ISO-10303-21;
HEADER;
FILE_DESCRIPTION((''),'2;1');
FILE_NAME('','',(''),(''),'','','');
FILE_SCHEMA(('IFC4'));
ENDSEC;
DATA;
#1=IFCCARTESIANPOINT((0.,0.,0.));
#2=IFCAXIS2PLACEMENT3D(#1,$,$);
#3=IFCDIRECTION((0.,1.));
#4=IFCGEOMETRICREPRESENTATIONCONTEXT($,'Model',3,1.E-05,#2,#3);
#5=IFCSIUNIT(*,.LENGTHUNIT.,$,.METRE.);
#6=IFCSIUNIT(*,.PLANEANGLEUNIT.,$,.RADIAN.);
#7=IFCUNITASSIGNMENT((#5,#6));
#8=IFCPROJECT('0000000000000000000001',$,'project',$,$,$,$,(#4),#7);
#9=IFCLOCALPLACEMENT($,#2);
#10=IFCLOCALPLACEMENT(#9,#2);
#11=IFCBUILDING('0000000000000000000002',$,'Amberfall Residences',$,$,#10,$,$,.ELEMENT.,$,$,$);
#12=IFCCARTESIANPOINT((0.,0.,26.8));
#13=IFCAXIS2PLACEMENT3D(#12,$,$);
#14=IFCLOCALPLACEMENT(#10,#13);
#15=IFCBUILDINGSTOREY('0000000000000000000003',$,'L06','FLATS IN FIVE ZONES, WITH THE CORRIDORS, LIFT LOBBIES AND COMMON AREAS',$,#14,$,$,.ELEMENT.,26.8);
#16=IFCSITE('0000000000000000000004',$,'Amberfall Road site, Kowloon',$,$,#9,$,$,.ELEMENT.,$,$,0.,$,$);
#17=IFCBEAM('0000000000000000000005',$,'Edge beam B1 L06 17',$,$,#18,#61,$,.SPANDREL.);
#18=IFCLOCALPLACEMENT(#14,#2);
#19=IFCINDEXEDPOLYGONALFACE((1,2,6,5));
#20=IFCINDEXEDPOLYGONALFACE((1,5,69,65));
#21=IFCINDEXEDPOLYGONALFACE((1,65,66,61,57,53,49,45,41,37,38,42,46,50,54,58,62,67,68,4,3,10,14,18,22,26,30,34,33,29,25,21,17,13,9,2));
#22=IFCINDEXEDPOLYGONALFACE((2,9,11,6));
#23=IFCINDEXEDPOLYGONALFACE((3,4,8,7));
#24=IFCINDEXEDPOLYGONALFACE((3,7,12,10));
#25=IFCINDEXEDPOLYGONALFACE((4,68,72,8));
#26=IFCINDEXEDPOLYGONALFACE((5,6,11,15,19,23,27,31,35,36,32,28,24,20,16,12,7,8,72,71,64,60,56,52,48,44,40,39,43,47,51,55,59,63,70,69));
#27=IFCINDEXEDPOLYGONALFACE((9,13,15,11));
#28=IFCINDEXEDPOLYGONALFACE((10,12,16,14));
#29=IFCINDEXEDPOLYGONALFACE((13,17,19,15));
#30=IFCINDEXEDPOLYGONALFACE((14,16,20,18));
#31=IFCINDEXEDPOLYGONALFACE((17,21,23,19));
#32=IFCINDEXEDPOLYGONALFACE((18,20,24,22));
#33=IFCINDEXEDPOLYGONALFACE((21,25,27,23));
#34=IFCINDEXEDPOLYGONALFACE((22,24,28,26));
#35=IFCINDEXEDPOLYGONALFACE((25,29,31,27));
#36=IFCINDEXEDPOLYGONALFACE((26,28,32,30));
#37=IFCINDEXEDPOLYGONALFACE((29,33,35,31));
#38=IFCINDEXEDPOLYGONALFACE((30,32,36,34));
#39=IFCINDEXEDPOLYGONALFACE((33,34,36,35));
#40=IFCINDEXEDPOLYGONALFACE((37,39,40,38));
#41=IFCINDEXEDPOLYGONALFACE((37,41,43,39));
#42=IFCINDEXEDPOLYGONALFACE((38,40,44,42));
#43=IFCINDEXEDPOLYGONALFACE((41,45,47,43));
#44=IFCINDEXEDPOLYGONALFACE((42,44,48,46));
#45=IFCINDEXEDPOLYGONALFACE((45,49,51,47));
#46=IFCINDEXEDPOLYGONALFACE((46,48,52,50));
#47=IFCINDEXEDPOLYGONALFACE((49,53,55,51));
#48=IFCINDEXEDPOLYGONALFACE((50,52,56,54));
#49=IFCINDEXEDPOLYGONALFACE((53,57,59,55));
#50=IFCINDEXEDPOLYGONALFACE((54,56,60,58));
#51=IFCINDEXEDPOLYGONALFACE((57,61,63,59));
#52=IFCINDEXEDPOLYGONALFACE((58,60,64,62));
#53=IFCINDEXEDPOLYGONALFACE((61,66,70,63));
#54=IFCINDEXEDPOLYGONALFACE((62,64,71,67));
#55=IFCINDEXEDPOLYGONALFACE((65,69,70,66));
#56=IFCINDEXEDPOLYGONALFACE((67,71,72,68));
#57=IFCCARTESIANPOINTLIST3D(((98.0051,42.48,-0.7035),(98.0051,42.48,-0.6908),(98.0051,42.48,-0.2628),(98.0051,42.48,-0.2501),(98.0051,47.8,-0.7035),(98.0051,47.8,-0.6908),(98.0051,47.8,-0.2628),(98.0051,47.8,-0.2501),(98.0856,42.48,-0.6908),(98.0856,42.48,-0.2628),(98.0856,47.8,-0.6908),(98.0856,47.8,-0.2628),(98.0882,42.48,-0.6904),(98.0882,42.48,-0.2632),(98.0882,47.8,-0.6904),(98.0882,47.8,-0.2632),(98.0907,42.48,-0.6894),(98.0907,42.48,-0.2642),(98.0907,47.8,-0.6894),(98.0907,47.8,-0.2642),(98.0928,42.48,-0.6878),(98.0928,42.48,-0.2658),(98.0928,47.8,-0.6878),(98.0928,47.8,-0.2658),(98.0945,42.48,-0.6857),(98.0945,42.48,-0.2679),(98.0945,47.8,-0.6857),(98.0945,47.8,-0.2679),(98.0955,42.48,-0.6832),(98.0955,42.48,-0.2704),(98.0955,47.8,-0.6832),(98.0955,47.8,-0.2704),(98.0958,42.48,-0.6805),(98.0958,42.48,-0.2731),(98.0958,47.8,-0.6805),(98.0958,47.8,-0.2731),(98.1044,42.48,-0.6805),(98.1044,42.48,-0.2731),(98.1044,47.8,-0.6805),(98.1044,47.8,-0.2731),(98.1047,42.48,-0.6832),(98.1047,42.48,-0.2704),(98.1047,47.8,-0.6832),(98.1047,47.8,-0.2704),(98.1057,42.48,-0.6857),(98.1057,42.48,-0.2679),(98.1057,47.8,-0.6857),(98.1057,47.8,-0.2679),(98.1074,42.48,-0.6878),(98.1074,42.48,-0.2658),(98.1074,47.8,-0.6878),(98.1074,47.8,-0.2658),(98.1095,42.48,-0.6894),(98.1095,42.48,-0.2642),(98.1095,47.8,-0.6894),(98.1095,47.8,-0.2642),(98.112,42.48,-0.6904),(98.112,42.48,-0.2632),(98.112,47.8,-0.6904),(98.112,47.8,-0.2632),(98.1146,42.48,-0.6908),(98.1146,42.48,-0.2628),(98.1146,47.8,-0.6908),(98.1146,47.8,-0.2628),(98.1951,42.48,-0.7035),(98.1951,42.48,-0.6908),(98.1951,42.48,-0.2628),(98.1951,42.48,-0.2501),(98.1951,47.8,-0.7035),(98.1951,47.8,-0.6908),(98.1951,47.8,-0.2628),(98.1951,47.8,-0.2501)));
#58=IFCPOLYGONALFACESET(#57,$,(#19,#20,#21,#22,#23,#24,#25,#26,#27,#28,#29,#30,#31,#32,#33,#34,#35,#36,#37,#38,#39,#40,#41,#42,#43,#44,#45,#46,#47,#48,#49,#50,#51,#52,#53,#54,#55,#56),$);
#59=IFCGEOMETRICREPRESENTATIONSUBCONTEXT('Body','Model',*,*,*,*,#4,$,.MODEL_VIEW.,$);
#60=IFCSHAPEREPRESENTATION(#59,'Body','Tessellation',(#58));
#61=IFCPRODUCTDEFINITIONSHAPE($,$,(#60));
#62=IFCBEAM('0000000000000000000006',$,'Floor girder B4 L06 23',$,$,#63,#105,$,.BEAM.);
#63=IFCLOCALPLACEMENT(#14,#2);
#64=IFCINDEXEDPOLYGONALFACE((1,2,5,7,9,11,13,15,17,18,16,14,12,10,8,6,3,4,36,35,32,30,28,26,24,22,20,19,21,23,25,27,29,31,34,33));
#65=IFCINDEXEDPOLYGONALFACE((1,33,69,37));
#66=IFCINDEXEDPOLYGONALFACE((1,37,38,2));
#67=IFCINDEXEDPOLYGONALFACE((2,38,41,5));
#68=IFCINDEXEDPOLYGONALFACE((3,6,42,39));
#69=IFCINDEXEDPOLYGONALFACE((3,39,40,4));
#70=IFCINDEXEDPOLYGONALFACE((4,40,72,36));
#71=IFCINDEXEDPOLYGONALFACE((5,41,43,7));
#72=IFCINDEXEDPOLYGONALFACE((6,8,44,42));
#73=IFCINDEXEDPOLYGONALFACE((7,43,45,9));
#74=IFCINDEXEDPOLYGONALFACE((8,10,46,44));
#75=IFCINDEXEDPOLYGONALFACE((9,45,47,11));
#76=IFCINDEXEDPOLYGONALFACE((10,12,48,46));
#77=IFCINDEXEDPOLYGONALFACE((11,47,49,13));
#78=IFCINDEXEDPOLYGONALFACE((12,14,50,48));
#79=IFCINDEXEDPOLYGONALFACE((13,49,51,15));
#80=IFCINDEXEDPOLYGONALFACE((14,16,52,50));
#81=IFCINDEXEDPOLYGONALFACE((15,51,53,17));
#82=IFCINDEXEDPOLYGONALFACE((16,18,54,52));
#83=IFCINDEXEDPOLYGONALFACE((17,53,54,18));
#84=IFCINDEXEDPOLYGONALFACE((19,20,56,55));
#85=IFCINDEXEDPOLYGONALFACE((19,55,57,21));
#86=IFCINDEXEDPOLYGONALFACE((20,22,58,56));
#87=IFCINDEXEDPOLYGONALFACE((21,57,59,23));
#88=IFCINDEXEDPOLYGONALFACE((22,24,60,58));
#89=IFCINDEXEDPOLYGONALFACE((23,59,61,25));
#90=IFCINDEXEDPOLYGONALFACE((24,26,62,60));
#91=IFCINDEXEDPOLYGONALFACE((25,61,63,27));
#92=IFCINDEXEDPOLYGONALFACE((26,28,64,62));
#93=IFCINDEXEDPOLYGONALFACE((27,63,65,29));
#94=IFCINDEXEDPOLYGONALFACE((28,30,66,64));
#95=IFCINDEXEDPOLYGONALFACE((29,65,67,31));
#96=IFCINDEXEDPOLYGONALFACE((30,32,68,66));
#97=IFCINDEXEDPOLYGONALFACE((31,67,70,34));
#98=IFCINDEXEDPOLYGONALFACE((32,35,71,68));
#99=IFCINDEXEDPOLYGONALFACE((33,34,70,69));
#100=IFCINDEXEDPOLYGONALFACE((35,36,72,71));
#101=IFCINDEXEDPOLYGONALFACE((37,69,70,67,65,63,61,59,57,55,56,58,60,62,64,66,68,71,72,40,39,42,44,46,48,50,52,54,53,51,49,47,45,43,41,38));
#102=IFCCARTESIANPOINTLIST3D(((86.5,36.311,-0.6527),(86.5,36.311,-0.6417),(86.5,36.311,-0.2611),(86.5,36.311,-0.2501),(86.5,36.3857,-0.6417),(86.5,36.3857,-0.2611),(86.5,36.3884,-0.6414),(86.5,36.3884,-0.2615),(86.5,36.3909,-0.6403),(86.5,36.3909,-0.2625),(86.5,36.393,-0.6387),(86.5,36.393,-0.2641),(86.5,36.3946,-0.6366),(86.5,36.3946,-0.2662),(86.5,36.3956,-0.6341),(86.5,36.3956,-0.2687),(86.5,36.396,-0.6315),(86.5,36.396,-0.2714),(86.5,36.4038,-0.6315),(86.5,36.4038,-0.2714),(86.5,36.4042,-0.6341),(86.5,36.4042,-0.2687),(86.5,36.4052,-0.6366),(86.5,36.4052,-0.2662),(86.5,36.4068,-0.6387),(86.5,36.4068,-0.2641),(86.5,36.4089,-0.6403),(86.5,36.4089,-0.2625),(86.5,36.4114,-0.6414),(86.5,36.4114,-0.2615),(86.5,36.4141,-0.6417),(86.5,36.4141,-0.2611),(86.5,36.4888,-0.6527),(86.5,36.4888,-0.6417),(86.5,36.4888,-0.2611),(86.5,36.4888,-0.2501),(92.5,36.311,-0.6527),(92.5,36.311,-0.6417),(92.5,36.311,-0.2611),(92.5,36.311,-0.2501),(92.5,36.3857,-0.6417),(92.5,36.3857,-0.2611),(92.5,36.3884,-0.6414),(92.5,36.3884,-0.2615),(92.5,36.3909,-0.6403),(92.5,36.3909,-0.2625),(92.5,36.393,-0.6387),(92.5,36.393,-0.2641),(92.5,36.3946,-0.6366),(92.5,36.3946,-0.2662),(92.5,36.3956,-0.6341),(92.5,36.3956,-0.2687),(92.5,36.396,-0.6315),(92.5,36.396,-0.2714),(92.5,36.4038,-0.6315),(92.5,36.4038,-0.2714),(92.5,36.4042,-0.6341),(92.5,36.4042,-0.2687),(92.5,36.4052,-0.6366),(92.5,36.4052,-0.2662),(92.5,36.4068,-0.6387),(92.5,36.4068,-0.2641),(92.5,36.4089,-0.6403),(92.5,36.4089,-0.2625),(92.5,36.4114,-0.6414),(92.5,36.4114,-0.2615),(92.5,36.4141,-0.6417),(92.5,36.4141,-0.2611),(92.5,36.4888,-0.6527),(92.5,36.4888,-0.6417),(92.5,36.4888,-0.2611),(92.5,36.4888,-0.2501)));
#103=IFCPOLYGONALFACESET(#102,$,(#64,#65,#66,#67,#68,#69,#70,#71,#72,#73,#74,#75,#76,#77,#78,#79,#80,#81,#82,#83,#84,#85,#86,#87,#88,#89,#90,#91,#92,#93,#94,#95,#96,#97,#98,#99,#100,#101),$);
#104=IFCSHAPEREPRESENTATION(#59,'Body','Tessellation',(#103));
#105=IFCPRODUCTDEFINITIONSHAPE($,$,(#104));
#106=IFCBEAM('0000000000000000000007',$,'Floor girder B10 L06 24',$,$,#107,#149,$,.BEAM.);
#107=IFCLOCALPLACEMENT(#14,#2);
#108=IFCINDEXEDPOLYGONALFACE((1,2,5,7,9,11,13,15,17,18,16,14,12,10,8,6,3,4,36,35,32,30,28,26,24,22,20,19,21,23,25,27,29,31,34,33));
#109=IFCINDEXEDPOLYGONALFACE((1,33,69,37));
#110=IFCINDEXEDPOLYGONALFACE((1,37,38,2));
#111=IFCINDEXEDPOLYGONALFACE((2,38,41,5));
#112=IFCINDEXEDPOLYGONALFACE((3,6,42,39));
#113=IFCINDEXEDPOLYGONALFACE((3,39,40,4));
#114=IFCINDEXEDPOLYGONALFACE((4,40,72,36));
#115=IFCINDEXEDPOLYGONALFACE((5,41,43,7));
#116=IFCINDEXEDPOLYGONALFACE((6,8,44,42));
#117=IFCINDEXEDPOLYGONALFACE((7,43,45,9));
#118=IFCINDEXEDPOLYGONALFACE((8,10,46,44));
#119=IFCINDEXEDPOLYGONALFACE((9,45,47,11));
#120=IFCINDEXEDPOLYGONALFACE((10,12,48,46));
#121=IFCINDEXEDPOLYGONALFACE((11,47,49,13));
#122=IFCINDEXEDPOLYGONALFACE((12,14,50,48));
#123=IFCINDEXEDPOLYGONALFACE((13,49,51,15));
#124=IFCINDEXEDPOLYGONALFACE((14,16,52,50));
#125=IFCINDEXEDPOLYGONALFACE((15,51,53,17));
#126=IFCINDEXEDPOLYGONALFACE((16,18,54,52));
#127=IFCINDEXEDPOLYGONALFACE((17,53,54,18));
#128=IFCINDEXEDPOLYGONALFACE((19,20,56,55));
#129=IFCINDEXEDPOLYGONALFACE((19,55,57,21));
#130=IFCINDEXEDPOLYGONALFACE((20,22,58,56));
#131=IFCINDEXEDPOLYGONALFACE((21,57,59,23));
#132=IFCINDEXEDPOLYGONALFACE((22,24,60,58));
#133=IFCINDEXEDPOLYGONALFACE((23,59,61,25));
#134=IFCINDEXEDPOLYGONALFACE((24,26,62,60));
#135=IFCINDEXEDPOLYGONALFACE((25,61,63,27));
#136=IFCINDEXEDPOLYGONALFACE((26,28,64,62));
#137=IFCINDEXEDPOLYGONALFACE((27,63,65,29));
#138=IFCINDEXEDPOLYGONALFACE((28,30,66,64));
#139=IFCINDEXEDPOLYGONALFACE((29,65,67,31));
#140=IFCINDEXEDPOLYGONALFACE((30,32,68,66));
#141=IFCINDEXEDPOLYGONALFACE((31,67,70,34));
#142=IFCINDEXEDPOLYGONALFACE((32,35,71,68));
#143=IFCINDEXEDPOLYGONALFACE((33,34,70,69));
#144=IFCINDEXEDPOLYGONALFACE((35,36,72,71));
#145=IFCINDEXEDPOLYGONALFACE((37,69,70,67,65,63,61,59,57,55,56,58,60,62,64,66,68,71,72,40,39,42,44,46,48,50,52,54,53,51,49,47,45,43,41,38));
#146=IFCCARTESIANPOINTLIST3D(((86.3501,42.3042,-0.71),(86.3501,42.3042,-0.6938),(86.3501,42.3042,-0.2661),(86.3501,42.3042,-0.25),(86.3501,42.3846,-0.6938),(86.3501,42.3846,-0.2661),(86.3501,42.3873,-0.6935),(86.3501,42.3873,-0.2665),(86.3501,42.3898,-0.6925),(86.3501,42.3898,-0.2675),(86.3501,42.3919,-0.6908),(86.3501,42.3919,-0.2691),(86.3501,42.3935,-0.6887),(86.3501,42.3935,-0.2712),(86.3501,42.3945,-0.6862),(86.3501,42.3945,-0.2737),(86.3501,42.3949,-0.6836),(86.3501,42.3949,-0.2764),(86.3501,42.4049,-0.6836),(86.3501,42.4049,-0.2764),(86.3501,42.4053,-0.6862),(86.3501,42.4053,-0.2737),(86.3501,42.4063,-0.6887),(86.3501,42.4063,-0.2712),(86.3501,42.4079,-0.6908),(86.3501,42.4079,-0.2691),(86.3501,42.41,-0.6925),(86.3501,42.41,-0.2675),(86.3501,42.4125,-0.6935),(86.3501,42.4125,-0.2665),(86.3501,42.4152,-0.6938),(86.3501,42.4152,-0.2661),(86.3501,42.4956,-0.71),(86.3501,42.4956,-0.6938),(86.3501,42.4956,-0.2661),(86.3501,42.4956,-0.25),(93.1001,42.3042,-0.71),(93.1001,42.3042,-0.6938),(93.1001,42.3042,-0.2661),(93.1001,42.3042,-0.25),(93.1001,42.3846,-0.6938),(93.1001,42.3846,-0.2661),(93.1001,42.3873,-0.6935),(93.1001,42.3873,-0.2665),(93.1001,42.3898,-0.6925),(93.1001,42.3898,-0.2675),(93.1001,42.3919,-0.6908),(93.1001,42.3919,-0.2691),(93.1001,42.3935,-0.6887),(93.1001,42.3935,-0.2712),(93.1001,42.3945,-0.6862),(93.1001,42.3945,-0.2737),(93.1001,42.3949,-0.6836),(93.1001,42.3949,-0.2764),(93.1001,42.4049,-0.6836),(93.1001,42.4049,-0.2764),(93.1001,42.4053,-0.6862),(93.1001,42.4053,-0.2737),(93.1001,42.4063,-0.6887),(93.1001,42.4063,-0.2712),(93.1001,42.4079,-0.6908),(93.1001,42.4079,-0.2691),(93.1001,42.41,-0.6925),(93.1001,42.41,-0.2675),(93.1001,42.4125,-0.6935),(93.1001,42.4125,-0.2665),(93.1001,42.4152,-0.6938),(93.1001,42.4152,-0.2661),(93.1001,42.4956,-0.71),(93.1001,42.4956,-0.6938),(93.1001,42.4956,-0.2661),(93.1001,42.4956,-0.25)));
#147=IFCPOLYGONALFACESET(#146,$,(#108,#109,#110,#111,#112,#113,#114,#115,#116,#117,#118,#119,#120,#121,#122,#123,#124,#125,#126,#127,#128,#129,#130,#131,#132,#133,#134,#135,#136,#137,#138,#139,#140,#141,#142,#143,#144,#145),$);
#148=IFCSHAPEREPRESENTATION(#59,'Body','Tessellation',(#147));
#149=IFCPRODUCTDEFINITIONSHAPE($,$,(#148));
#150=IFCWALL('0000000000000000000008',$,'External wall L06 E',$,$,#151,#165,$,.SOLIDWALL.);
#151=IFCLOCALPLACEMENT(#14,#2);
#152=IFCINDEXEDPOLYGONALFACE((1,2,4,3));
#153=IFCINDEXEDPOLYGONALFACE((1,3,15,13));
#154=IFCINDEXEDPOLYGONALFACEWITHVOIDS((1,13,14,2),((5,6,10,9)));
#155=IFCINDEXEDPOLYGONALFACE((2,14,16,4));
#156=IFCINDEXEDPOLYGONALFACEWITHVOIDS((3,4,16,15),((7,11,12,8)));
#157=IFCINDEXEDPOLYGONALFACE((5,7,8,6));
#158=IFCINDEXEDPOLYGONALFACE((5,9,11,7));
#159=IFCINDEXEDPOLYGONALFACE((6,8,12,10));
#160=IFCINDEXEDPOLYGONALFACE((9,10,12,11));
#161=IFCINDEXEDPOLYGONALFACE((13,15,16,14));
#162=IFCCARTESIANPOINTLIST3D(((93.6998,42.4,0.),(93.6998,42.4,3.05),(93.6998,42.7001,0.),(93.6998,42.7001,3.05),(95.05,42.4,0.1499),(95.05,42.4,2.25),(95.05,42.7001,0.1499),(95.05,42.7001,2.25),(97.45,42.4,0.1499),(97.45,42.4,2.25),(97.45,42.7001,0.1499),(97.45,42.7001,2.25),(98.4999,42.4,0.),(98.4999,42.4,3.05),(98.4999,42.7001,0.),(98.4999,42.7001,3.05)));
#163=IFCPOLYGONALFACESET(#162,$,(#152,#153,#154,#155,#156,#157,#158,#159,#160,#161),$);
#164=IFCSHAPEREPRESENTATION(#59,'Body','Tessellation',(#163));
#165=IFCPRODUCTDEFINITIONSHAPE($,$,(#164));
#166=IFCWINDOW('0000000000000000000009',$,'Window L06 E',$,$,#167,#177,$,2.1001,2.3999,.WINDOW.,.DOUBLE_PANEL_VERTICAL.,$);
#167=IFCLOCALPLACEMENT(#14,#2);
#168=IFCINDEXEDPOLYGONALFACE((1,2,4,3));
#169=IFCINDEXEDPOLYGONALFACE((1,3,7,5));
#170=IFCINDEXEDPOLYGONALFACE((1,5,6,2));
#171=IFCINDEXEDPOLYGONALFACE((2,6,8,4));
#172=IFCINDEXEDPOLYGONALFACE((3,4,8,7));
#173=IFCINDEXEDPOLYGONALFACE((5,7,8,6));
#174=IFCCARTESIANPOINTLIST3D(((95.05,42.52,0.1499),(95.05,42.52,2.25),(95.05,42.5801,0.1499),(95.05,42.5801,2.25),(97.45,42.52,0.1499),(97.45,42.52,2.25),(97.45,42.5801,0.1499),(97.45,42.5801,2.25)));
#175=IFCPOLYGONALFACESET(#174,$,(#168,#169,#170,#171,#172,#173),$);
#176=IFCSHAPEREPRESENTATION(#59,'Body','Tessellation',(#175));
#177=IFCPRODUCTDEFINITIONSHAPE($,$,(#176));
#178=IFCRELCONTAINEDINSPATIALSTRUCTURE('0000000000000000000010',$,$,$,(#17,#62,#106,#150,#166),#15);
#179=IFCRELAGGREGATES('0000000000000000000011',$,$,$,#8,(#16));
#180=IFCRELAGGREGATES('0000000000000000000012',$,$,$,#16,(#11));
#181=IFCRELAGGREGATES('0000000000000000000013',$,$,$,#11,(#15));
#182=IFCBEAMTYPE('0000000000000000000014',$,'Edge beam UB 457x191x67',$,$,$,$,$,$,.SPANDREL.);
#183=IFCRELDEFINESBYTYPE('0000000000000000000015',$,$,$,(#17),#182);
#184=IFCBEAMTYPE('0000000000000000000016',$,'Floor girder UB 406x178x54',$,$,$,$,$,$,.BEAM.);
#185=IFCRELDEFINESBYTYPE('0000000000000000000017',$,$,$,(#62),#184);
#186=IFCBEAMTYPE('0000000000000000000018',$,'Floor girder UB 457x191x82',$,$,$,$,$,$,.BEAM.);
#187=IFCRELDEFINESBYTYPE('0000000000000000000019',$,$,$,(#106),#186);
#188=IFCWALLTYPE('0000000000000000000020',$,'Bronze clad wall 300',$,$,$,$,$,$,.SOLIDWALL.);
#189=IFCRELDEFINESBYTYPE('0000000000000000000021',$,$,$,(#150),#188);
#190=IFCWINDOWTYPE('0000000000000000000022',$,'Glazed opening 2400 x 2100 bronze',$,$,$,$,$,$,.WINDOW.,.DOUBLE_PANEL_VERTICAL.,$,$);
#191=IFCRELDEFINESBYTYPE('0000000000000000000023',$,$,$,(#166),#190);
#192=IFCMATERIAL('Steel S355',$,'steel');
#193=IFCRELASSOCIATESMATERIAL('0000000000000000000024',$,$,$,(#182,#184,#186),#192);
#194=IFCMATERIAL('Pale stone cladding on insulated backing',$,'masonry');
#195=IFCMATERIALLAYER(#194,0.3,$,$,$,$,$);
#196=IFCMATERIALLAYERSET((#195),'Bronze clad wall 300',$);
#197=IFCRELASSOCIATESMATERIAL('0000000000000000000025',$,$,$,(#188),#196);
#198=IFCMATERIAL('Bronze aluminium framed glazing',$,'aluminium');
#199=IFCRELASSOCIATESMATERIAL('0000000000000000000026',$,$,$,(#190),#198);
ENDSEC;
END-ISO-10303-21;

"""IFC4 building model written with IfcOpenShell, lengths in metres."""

from ifc_helpers import new_model, si_unit, direction, frame, frame_2d, origin, origin_2d, place, context, subcontext, project, spatial, rectangle, i_section, extrude, material, layer, layer_set, material_profile, profile_set, type_object, element, fill, save


model = new_model("IFC4")

# Units and contexts
model_context = context("Model", 3, precision=1e-05, world=origin(), true_north=direction((0.0, 1.0)))
body_context = subcontext(model_context, "Body", "Model", "MODEL_VIEW")
ifc_project = project(units=[si_unit("LENGTHUNIT", "METRE"), si_unit("PLANEANGLEUNIT", "RADIAN")], contexts=[model_context])

# Site, building, storey
site_placement = place(None, origin())
site = spatial("IfcSite", under=ifc_project, at=site_placement, Name="Amberfall Road site, Kowloon", CompositionType="ELEMENT", RefElevation=0.0)
building_placement = place(site_placement, origin())
building = spatial("IfcBuilding", under=site, at=building_placement, Name="Amberfall Residences", CompositionType="ELEMENT")
storey_placement = place(building_placement, frame((0.0, 0.0, 26.8)))
storey = spatial("IfcBuildingStorey", under=building, at=storey_placement, Name="L06", Description="FLATS IN FIVE ZONES, WITH THE CORRIDORS, LIFT LOBBIES AND COMMON AREAS", CompositionType="ELEMENT", Elevation=26.8)

# Beams
ifc_material_1 = material(Name="Steel S355", Category="steel")
ifc_material_profile_1 = material_profile(ifc_material_1, i_section(OverallWidth=0.1899, OverallDepth=0.4534, WebThickness=0.0085, FlangeThickness=0.0127, FilletRadius=0.0103, at=origin_2d()), Name="UB 457x191x67")
ifc_profile_set_1 = profile_set([ifc_material_profile_1], Name="Steel S355")
beam_type_1 = type_object("IfcBeamType", Name="Edge beam UB 457x191x67", PredefinedType="SPANDREL", material=ifc_profile_set_1)
beam_1_placement = place(storey_placement, frame((98.1001, 42.48, -0.4768), z_axis=(0.0, 1.0, 0.0), x_axis=(-1.0, 0.0, 0.0)))
element("IfcBeam", 1, at=beam_1_placement, inside=storey, type_object=beam_type_1, Name="Edge beam B1 L06 17", PredefinedType="SPANDREL", context=body_context, shape_type="SweptSolid", body=[
    extrude(i_section(OverallWidth=0.1899, OverallDepth=0.4534, WebThickness=0.0085, FlangeThickness=0.0127, FilletRadius=0.0103, at=origin_2d()), origin(), (0.0, 0.0, 1.0), 5.3201),
])
ifc_material_profile_2 = material_profile(ifc_material_1, i_section(OverallWidth=0.1777, OverallDepth=0.4026, WebThickness=0.0078, FlangeThickness=0.011, FilletRadius=0.0103, at=origin_2d()), Name="UB 406x178x54")
ifc_profile_set_2 = profile_set([ifc_material_profile_2], Name="Steel S355")
beam_type_2 = type_object("IfcBeamType", Name="Floor girder UB 406x178x54", PredefinedType="BEAM", material=ifc_profile_set_2)
beam_2_placement = place(storey_placement, frame((92.5, 36.3999, -0.4514), z_axis=(-1.0, 0.0, 0.0), x_axis=(0.0, -1.0, 0.0)))
element("IfcBeam", 2, at=beam_2_placement, inside=storey, type_object=beam_type_2, Name="Floor girder B4 L06 23", PredefinedType="BEAM", context=body_context, shape_type="SweptSolid", body=[
    extrude(i_section(OverallWidth=0.1777, OverallDepth=0.4026, WebThickness=0.0078, FlangeThickness=0.011, FilletRadius=0.0103, at=origin_2d()), origin(), (0.0, 0.0, 1.0), 6.0),
])
ifc_material_profile_3 = material_profile(ifc_material_1, i_section(OverallWidth=0.1914, OverallDepth=0.46, WebThickness=0.01, FlangeThickness=0.0161, FilletRadius=0.0103, at=origin_2d()), Name="UB 457x191x82")
ifc_profile_set_3 = profile_set([ifc_material_profile_3], Name="Steel S355")
beam_type_3 = type_object("IfcBeamType", Name="Floor girder UB 457x191x82", PredefinedType="BEAM", material=ifc_profile_set_3)
beam_3_placement = place(storey_placement, frame((93.1001, 42.3999, -0.48), z_axis=(-1.0, 0.0, 0.0), x_axis=(0.0, -1.0, 0.0)))
element("IfcBeam", 3, at=beam_3_placement, inside=storey, type_object=beam_type_3, Name="Floor girder B10 L06 24", PredefinedType="BEAM", context=body_context, shape_type="SweptSolid", body=[
    extrude(i_section(OverallWidth=0.1914, OverallDepth=0.46, WebThickness=0.01, FlangeThickness=0.0161, FilletRadius=0.0103, at=origin_2d()), origin(), (0.0, 0.0, 1.0), 6.75),
])

# Wall, opening, window
ifc_material_2 = material(Name="Pale stone cladding on insulated backing", Category="masonry")
ifc_layer_1 = layer(ifc_material_2, 0.3)
ifc_layer_set_1 = layer_set([ifc_layer_1], Name="Bronze clad wall 300")
wall_type_1 = type_object("IfcWallType", Name="Bronze clad wall 300", PredefinedType="SOLIDWALL", material=ifc_layer_set_1)
wall_1_placement = place(storey_placement, frame((93.7, 42.55, 0.0), z_axis=(0.0, 0.0, 1.0), x_axis=(1.0, 0.0, 0.0)))
wall_1 = element("IfcWall", 4, at=wall_1_placement, inside=storey, type_object=wall_type_1, Name="External wall L06 E", PredefinedType="SOLIDWALL", context=body_context, shape_type="SweptSolid", body=[
    extrude(rectangle(XDim=4.8, YDim=0.3, at=frame_2d((2.3999, 0.0))), origin(), (0.0, 0.0, 1.0), 3.05),
])
opening_1_placement = place(wall_1_placement, frame((1.3501, 0.0, 0.1499)))
opening_1 = element("IfcOpeningElement", 5, at=opening_1_placement, cuts=wall_1, PredefinedType="OPENING", context=body_context, shape_type="SweptSolid", body=[
    extrude(rectangle(XDim=2.3999, YDim=2.1001, at=frame_2d((1.2, 1.05))), frame((0.0, 0.1599, 0.0), z_axis=(0.0, -1.0, 0.0), x_axis=(1.0, 0.0, 0.0)), (0.0, 0.0, 1.0), 0.3201),
])
ifc_material_3 = material(Name="Bronze aluminium framed glazing", Category="aluminium")
window_type_1 = type_object("IfcWindowType", Name="Glazed opening 2400 x 2100 bronze", PartitioningType="DOUBLE_PANEL_VERTICAL", PredefinedType="WINDOW", material=ifc_material_3)
window_1_placement = place(opening_1_placement, origin())
window_1 = element("IfcWindow", 6, at=window_1_placement, inside=storey, type_object=window_type_1, Name="Window L06 E", OverallHeight=2.1001, OverallWidth=2.3999, PartitioningType="DOUBLE_PANEL_VERTICAL", PredefinedType="WINDOW", context=body_context, shape_type="SweptSolid", body=[
    extrude(rectangle(XDim=2.3999, YDim=2.1001, at=frame_2d((1.2, 1.05))), frame((0.0, 0.03, 0.0), z_axis=(0.0, -1.0, 0.0), x_axis=(1.0, 0.0, 0.0)), (0.0, 0.0, 1.0), 0.0601),
])
fill(opening_1, window_1)

save(model, "model.ifc")
